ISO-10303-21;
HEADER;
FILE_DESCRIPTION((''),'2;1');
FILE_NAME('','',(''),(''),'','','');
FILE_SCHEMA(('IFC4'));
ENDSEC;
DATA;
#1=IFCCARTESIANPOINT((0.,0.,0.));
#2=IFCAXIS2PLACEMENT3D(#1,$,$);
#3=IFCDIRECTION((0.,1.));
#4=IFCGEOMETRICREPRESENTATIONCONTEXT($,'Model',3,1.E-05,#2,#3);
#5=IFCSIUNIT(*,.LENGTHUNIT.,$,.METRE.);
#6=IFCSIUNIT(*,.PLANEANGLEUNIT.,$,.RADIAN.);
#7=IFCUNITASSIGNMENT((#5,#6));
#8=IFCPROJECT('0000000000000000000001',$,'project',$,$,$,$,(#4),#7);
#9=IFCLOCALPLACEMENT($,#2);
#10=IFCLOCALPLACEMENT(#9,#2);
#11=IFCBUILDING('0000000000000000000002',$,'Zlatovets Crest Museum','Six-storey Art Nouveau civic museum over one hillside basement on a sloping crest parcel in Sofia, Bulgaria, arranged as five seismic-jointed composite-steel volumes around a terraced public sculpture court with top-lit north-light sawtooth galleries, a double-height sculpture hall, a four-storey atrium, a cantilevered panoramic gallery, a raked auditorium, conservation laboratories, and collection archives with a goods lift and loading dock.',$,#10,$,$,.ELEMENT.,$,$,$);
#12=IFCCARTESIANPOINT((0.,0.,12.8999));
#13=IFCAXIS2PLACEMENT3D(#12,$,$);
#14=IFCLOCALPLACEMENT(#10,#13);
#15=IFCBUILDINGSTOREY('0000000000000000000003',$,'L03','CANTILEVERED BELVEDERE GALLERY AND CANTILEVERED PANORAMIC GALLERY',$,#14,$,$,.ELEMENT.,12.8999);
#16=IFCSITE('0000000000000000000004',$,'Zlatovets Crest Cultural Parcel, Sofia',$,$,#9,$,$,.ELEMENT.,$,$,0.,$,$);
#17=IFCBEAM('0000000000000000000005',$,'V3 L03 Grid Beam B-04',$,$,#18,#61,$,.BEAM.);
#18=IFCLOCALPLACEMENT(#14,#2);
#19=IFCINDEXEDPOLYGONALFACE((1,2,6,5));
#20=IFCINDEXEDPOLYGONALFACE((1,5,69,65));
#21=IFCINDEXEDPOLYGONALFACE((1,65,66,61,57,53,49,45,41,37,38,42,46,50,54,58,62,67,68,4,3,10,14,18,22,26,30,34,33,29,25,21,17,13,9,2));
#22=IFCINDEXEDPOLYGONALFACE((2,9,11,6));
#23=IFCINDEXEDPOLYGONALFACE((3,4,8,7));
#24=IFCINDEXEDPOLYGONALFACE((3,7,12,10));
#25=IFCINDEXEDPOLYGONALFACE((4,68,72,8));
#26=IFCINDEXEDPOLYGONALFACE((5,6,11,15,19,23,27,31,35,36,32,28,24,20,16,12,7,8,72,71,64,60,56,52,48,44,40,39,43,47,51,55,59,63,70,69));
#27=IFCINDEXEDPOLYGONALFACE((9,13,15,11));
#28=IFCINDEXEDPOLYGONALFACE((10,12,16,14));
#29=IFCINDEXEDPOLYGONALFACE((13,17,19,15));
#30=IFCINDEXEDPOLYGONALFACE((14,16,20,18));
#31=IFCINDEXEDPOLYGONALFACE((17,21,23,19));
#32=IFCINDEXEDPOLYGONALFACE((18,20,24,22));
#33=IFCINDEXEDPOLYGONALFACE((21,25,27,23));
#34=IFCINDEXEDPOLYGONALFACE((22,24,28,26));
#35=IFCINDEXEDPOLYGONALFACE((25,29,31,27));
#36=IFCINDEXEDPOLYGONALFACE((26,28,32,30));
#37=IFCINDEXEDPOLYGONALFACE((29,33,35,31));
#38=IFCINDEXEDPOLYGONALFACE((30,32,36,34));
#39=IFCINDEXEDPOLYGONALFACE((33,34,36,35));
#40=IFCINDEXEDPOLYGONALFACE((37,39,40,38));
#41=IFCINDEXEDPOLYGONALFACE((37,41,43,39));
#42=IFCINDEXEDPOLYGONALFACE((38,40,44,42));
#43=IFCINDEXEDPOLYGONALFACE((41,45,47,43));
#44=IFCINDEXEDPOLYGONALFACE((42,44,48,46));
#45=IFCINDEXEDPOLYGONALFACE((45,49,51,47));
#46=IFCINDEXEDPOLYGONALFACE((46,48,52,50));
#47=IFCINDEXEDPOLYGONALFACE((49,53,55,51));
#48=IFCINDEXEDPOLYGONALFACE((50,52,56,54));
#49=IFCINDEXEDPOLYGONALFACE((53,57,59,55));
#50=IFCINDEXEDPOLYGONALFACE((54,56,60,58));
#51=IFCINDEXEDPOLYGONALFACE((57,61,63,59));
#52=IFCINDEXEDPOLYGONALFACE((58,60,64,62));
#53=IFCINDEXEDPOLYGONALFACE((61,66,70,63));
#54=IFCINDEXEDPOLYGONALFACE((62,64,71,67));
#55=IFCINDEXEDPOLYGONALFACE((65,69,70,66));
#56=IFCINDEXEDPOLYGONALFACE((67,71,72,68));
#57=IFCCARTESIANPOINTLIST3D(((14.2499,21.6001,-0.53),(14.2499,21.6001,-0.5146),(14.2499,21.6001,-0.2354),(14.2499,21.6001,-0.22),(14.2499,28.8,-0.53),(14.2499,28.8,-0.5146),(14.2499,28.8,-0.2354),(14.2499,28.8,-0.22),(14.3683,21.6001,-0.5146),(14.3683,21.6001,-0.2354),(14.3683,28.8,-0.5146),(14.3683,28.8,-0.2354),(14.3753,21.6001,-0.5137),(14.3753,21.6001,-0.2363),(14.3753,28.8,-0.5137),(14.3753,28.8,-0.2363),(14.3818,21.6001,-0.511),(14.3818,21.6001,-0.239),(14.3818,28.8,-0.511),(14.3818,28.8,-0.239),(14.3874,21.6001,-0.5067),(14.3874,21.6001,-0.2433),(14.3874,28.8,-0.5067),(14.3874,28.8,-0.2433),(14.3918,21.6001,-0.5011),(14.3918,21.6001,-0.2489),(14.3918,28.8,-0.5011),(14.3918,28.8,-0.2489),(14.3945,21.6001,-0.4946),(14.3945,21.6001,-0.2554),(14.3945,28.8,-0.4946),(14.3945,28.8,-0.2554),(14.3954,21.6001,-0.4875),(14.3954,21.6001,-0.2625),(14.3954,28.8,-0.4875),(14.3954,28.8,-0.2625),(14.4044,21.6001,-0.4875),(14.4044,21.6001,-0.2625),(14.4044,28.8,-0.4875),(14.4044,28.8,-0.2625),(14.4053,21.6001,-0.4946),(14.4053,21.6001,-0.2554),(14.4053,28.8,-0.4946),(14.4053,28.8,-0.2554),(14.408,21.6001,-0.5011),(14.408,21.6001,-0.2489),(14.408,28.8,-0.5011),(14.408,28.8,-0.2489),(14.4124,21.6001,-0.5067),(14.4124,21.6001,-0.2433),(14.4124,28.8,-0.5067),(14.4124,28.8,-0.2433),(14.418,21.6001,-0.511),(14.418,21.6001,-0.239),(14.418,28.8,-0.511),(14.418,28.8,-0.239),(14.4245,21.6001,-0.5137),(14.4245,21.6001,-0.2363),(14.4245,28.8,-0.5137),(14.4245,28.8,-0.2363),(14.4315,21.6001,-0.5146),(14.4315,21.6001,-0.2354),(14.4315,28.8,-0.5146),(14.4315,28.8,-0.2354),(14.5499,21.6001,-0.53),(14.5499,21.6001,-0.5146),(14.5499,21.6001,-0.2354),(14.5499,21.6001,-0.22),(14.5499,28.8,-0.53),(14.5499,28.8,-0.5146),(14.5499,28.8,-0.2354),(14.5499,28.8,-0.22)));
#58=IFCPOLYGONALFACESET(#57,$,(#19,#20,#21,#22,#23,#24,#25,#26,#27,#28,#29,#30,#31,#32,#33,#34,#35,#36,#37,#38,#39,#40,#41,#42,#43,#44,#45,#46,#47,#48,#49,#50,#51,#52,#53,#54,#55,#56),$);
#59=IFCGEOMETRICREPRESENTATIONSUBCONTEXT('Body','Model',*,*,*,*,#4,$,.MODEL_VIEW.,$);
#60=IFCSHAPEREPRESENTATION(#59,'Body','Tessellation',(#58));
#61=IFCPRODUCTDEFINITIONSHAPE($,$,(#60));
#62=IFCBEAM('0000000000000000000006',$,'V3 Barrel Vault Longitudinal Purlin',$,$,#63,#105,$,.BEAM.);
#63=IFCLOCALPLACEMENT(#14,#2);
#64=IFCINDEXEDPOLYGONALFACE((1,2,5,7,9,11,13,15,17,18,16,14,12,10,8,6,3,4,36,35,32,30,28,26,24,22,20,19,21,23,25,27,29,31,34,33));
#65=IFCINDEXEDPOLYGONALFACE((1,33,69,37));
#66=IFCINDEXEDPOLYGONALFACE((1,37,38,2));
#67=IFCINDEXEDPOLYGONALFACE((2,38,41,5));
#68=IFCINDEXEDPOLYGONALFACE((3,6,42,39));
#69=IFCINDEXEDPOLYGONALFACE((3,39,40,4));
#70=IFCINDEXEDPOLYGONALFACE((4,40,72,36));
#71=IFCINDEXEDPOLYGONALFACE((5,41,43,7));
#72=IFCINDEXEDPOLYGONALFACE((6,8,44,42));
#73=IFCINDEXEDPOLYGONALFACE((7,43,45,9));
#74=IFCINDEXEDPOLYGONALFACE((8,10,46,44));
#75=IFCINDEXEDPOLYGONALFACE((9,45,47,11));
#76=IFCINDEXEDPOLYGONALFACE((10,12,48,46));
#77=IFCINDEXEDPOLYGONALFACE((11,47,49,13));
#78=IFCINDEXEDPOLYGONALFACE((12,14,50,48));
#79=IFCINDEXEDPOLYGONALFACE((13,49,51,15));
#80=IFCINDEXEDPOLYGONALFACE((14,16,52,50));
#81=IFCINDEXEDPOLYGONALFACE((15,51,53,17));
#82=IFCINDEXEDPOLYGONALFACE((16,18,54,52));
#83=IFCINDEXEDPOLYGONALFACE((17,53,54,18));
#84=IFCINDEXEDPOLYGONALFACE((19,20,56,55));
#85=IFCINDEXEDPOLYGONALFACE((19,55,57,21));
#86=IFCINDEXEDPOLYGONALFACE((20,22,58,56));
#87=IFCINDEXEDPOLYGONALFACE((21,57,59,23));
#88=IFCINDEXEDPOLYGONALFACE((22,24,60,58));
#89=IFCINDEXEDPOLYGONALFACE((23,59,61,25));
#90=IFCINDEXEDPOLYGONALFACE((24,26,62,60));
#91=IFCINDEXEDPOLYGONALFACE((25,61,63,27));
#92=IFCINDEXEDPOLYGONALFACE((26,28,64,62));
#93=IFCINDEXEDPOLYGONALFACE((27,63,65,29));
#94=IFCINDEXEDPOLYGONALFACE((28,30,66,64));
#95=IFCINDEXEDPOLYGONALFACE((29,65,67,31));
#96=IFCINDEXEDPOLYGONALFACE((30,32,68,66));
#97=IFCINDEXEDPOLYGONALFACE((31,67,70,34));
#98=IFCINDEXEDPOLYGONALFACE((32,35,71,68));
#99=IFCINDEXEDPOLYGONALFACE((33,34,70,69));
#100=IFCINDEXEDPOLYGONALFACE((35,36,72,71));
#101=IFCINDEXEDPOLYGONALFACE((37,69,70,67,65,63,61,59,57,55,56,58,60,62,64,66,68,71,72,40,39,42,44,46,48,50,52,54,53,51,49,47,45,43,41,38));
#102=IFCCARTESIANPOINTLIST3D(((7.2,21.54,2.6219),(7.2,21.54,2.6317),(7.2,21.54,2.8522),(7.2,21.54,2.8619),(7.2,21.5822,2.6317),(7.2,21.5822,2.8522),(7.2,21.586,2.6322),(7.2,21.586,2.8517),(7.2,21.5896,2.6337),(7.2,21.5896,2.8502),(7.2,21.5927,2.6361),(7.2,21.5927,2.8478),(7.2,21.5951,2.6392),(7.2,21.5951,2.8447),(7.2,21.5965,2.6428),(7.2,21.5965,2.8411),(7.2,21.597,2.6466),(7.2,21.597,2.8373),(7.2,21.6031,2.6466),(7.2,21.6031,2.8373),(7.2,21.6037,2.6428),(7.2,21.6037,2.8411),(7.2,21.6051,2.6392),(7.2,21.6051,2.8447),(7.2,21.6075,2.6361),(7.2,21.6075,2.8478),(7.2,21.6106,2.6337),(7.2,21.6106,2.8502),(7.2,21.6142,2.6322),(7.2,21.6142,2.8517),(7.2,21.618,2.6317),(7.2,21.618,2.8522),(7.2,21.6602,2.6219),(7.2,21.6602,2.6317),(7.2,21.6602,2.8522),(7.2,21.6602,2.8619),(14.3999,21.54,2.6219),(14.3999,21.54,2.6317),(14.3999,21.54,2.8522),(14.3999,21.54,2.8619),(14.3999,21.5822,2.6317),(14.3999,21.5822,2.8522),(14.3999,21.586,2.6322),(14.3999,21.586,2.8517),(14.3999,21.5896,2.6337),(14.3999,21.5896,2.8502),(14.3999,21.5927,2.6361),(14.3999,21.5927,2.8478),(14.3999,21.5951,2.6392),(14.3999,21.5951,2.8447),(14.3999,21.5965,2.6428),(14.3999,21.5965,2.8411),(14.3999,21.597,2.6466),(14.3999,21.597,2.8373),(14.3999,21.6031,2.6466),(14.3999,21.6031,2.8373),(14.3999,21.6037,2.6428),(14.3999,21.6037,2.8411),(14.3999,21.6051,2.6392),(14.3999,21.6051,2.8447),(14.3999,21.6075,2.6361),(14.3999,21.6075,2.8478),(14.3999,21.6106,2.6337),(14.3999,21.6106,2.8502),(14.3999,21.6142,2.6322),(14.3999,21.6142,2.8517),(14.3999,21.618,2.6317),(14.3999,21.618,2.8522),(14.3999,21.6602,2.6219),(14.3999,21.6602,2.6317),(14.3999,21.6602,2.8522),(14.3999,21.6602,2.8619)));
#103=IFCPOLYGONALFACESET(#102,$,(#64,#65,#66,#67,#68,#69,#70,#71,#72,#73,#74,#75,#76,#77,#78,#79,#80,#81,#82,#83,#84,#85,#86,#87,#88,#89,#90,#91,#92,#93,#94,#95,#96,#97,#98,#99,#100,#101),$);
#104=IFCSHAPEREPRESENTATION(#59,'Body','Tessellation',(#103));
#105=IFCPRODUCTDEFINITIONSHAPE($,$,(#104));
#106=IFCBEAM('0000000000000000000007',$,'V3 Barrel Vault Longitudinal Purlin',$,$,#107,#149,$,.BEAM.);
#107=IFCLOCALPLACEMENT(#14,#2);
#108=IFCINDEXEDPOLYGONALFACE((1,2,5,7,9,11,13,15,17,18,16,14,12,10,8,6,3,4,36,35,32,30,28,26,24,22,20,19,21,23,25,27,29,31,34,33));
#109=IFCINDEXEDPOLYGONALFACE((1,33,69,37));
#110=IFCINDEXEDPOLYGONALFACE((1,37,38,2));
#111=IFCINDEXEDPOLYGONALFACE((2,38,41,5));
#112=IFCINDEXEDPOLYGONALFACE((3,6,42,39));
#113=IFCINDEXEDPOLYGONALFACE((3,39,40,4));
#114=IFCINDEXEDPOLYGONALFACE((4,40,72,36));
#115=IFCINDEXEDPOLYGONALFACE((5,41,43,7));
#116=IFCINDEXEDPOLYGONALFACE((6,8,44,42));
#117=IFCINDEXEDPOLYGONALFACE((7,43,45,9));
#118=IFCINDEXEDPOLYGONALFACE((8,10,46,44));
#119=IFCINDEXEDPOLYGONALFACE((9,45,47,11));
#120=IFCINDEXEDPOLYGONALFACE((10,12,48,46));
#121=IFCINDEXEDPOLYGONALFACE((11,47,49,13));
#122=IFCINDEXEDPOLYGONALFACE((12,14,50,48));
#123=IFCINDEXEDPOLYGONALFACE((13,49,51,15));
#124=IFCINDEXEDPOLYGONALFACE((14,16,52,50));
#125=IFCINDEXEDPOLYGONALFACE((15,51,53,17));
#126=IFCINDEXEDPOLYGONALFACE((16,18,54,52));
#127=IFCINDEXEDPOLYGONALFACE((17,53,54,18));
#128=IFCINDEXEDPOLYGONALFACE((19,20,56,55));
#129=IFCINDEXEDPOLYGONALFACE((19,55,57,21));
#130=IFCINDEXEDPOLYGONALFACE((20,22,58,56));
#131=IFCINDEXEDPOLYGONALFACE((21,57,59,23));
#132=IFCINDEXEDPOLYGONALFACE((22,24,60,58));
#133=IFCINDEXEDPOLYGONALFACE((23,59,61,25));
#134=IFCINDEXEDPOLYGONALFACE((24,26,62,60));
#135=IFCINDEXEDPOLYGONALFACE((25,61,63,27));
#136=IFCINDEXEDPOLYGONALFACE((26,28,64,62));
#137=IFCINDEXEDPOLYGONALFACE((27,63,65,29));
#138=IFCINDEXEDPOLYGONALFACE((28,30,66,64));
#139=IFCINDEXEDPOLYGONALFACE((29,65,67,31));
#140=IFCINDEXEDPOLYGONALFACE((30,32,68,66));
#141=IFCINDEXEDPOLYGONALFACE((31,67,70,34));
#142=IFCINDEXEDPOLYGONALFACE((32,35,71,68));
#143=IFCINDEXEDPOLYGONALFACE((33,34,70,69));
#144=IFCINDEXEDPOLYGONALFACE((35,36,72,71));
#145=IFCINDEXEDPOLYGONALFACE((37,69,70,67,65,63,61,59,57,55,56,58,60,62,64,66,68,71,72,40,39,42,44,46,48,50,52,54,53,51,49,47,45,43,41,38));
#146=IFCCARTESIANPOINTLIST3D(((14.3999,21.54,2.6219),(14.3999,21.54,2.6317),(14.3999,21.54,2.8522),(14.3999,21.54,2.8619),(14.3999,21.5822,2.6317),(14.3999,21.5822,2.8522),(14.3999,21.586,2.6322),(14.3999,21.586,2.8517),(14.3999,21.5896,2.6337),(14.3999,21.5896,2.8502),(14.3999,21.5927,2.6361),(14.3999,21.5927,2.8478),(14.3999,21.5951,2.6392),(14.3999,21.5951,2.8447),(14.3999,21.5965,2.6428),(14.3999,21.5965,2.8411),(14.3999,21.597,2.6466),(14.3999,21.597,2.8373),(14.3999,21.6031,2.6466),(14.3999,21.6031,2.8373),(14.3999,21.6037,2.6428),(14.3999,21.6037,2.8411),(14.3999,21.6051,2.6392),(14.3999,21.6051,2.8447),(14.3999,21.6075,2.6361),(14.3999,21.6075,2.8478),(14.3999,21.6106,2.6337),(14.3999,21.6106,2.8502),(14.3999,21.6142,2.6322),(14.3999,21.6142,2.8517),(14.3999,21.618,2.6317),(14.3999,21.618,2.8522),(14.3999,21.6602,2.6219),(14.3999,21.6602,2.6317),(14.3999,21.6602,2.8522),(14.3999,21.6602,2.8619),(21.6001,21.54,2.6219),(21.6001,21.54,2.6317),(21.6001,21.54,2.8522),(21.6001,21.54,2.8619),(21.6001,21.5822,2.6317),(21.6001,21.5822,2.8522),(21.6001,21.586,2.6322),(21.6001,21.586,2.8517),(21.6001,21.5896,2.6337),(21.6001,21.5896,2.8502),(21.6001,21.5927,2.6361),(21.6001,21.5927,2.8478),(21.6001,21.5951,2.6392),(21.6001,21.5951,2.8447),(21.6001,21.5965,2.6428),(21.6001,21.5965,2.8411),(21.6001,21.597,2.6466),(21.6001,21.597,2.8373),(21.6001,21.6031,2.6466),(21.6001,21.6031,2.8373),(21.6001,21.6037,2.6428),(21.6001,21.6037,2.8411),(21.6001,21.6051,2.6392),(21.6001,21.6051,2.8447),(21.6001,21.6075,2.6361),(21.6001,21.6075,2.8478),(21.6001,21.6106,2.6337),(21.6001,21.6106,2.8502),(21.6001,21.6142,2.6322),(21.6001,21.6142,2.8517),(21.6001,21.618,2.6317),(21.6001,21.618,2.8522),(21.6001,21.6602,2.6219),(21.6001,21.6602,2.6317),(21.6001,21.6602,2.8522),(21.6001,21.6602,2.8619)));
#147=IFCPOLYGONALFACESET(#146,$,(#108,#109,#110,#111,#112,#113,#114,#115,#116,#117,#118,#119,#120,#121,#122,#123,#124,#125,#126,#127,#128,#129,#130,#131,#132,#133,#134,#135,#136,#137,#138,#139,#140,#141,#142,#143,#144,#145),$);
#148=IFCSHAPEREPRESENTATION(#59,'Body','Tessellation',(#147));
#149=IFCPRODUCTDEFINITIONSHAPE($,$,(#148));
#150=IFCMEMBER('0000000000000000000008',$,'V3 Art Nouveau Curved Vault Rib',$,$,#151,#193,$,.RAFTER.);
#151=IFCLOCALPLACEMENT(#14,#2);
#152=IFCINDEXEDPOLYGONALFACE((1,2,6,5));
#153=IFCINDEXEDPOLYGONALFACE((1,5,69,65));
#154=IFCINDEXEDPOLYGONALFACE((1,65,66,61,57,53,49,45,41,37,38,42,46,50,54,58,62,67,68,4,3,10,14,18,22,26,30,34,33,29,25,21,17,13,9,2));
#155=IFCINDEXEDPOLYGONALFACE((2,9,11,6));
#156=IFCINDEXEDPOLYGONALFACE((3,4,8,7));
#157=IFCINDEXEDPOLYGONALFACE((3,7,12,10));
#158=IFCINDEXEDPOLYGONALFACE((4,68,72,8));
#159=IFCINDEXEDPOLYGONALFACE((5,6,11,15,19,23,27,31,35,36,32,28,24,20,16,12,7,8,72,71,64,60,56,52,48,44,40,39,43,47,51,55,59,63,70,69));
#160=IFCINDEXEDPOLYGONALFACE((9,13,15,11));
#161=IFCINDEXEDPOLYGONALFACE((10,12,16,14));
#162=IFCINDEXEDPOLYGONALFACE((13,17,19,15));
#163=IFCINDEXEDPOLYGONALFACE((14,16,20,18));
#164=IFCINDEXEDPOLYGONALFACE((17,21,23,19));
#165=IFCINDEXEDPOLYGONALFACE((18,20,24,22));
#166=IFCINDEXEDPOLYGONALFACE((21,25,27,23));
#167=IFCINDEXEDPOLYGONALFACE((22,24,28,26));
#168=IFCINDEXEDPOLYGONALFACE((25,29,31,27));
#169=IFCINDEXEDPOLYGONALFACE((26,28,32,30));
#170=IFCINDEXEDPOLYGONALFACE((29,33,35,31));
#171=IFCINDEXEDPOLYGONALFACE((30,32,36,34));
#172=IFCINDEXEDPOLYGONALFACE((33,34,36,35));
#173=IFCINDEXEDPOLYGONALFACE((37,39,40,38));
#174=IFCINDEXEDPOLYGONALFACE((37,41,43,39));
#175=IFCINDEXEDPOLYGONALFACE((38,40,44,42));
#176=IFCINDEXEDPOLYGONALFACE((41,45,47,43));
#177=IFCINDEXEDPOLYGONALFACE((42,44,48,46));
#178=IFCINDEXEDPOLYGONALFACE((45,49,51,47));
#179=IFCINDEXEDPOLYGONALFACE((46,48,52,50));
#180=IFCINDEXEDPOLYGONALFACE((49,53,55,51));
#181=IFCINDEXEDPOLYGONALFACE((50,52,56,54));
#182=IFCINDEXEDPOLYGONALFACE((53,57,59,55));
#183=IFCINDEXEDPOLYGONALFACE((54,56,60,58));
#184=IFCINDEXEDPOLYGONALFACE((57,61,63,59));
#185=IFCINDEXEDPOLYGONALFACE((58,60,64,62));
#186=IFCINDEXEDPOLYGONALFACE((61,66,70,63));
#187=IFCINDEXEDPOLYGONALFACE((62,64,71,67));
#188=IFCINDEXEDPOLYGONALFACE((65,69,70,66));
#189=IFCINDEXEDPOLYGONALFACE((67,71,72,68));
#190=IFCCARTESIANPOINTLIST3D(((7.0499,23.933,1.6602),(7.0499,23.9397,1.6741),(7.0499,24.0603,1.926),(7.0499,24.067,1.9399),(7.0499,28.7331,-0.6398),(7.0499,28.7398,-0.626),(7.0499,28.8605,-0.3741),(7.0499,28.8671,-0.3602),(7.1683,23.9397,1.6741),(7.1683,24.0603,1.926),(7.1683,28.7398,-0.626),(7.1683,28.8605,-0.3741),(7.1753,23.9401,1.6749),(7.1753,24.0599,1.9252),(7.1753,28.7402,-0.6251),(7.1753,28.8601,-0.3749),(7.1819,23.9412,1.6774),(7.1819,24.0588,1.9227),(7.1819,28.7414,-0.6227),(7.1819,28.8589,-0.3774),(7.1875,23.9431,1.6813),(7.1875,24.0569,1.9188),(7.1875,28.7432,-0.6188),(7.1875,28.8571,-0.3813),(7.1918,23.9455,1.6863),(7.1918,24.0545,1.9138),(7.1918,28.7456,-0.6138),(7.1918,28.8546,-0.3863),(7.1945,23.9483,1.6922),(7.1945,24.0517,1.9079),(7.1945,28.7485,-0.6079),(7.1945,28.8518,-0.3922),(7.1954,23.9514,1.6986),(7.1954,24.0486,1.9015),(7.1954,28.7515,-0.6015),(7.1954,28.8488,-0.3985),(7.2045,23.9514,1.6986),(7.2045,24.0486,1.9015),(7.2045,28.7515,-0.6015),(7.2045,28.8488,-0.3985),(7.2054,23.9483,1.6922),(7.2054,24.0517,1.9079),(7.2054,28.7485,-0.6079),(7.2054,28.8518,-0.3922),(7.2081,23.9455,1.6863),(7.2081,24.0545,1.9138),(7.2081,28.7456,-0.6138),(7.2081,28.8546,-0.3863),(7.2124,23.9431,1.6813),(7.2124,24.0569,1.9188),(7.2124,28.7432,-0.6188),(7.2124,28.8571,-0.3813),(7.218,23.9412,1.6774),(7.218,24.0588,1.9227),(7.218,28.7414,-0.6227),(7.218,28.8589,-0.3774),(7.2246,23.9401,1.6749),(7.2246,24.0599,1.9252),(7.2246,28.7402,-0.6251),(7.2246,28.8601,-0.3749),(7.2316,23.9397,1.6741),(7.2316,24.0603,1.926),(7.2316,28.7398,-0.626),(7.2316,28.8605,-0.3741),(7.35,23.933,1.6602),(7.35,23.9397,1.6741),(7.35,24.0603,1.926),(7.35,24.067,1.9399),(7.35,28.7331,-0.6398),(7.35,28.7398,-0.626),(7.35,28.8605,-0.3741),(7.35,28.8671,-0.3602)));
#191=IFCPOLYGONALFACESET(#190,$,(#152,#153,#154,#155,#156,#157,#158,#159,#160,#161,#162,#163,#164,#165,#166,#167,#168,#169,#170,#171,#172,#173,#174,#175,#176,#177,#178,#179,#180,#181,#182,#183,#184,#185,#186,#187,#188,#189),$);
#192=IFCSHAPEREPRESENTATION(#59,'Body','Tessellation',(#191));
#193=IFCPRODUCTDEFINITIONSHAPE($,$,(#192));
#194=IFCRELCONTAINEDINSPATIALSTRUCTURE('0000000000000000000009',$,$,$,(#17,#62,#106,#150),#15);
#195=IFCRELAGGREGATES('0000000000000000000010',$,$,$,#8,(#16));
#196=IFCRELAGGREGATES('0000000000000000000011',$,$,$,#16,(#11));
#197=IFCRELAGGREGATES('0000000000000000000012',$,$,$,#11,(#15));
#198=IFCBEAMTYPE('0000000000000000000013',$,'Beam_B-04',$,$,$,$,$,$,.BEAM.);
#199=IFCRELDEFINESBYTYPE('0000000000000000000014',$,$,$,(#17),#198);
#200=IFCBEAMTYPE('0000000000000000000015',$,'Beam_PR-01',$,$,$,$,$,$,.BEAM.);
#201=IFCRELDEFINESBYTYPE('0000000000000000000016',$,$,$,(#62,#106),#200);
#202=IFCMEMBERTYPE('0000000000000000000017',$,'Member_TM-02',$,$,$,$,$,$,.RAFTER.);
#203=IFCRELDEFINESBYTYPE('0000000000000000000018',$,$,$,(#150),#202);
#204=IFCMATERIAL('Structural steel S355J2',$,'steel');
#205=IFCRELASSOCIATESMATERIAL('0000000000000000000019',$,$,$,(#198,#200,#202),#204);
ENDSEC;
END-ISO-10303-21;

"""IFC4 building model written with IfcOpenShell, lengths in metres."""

from ifc_helpers import new_model, si_unit, direction, frame, origin, origin_2d, place, context, subcontext, project, spatial, i_section, extrude, material, material_profile, profile_set, type_object, element, save


model = new_model("IFC4")

# Units and contexts
model_context = context("Model", 3, precision=1e-05, world=origin(), true_north=direction((0.0, 1.0)))
body_context = subcontext(model_context, "Body", "Model", "MODEL_VIEW")
ifc_project = project(units=[si_unit("LENGTHUNIT", "METRE"), si_unit("PLANEANGLEUNIT", "RADIAN")], contexts=[model_context])

# Site, building, storey
site_placement = place(None, origin())
site = spatial("IfcSite", under=ifc_project, at=site_placement, Name="Zlatovets Crest Cultural Parcel, Sofia", CompositionType="ELEMENT", RefElevation=0.0)
building_placement = place(site_placement, origin())
building = spatial("IfcBuilding", under=site, at=building_placement, Name="Zlatovets Crest Museum", Description="Six-storey Art Nouveau civic museum over one hillside basement on a sloping crest parcel in Sofia, Bulgaria, arranged as five seismic-jointed composite-steel volumes around a terraced public sculpture court with top-lit north-light sawtooth galleries, a double-height sculpture hall, a four-storey atrium, a cantilevered panoramic gallery, a raked auditorium, conservation laboratories, and collection archives with a goods lift and loading dock.", CompositionType="ELEMENT")
storey_placement = place(building_placement, frame((0.0, 0.0, 12.8999)))
storey = spatial("IfcBuildingStorey", under=building, at=storey_placement, Name="L03", Description="CANTILEVERED BELVEDERE GALLERY AND CANTILEVERED PANORAMIC GALLERY", CompositionType="ELEMENT", Elevation=12.8999)

# Shared definitions
ifc_material_1 = material(Name="Structural steel S355J2", Category="steel")

# Beams
ifc_material_profile_1 = material_profile(ifc_material_1, i_section(OverallWidth=0.3, OverallDepth=0.3101, WebThickness=0.009, FlangeThickness=0.0154, FilletRadius=0.0271, at=origin_2d()), Name="HEA 320")
ifc_profile_set_1 = profile_set([ifc_material_profile_1], Name="Structural steel S355J2")
beam_type_1 = type_object("IfcBeamType", Name="Beam_B-04", PredefinedType="BEAM", material=ifc_profile_set_1)
for number, where, z_axis, x_axis, name in (
    (1, (14.3999, 21.6001, -0.375), (0.0, 1.0, 0.0), (-1.0, 0.0, 0.0), "V3 L03 Grid Beam B-04"),
):
    element("IfcBeam", number, at=place(storey_placement, frame(where, z_axis=z_axis, x_axis=x_axis)), inside=storey, type_object=beam_type_1, Name=name, PredefinedType="BEAM", context=body_context, shape_type="SweptSolid", body=[
        extrude(i_section(OverallWidth=0.3, OverallDepth=0.3101, WebThickness=0.009, FlangeThickness=0.0154, FilletRadius=0.0271, at=origin_2d()), origin(), (0.0, 0.0, 1.0), 7.2),
    ])
ifc_material_profile_2 = material_profile(ifc_material_1, i_section(OverallWidth=0.1201, OverallDepth=0.24, WebThickness=0.0061, FlangeThickness=0.0098, FilletRadius=0.0149, at=origin_2d()), Name="IPE 240")
ifc_profile_set_2 = profile_set([ifc_material_profile_2], Name="Structural steel S355J2")
beam_type_2 = type_object("IfcBeamType", Name="Beam_PR-01", PredefinedType="BEAM", material=ifc_profile_set_2)
beam_1_placement = place(storey_placement, frame((7.2, 21.6001, 2.7419), z_axis=(1.0, 0.0, 0.0), x_axis=(0.0, 1.0, 0.0)))
element("IfcBeam", 2, at=beam_1_placement, inside=storey, type_object=beam_type_2, Name="V3 Barrel Vault Longitudinal Purlin", PredefinedType="BEAM", context=body_context, shape_type="SweptSolid", body=[
    extrude(i_section(OverallWidth=0.1201, OverallDepth=0.24, WebThickness=0.0061, FlangeThickness=0.0098, FilletRadius=0.0149, at=origin_2d()), origin(), (0.0, 0.0, 1.0), 7.2),
])
beam_2_placement = place(storey_placement, frame((14.3999, 21.6001, 2.7419), z_axis=(1.0, 0.0, 0.0), x_axis=(0.0, 1.0, 0.0)))
element("IfcBeam", 3, at=beam_2_placement, inside=storey, type_object=beam_type_2, Name="V3 Barrel Vault Longitudinal Purlin", PredefinedType="BEAM", context=body_context, shape_type="SweptSolid", body=[
    extrude(i_section(OverallWidth=0.1201, OverallDepth=0.24, WebThickness=0.0061, FlangeThickness=0.0098, FilletRadius=0.0149, at=origin_2d()), origin(), (0.0, 0.0, 1.0), 7.2002),
])

# Member
ifc_material_profile_3 = material_profile(ifc_material_1, i_section(OverallWidth=0.3, OverallDepth=0.3101, WebThickness=0.009, FlangeThickness=0.0154, FilletRadius=0.0271, at=origin_2d()), Name="HEA 320")
ifc_profile_set_3 = profile_set([ifc_material_profile_3], Name="Structural steel S355J2")
member_type_1 = type_object("IfcMemberType", Name="Member_TM-02", PredefinedType="RAFTER", material=ifc_profile_set_3)
member_1_placement = place(storey_placement, frame((7.2, 24.0, 1.8), z_axis=(0.0, 0.901814, -0.432124), x_axis=(-1.0, 0.0, 0.0)))
element("IfcMember", 4, at=member_1_placement, inside=storey, type_object=member_type_1, Name="V3 Art Nouveau Curved Vault Rib", PredefinedType="RAFTER", context=body_context, shape_type="SweptSolid", body=[
    extrude(i_section(OverallWidth=0.3, OverallDepth=0.3101, WebThickness=0.009, FlangeThickness=0.0154, FilletRadius=0.0271, at=origin_2d()), origin(), (0.0, 0.0, 1.0), 5.3228),
])

save(model, "model.ifc")
